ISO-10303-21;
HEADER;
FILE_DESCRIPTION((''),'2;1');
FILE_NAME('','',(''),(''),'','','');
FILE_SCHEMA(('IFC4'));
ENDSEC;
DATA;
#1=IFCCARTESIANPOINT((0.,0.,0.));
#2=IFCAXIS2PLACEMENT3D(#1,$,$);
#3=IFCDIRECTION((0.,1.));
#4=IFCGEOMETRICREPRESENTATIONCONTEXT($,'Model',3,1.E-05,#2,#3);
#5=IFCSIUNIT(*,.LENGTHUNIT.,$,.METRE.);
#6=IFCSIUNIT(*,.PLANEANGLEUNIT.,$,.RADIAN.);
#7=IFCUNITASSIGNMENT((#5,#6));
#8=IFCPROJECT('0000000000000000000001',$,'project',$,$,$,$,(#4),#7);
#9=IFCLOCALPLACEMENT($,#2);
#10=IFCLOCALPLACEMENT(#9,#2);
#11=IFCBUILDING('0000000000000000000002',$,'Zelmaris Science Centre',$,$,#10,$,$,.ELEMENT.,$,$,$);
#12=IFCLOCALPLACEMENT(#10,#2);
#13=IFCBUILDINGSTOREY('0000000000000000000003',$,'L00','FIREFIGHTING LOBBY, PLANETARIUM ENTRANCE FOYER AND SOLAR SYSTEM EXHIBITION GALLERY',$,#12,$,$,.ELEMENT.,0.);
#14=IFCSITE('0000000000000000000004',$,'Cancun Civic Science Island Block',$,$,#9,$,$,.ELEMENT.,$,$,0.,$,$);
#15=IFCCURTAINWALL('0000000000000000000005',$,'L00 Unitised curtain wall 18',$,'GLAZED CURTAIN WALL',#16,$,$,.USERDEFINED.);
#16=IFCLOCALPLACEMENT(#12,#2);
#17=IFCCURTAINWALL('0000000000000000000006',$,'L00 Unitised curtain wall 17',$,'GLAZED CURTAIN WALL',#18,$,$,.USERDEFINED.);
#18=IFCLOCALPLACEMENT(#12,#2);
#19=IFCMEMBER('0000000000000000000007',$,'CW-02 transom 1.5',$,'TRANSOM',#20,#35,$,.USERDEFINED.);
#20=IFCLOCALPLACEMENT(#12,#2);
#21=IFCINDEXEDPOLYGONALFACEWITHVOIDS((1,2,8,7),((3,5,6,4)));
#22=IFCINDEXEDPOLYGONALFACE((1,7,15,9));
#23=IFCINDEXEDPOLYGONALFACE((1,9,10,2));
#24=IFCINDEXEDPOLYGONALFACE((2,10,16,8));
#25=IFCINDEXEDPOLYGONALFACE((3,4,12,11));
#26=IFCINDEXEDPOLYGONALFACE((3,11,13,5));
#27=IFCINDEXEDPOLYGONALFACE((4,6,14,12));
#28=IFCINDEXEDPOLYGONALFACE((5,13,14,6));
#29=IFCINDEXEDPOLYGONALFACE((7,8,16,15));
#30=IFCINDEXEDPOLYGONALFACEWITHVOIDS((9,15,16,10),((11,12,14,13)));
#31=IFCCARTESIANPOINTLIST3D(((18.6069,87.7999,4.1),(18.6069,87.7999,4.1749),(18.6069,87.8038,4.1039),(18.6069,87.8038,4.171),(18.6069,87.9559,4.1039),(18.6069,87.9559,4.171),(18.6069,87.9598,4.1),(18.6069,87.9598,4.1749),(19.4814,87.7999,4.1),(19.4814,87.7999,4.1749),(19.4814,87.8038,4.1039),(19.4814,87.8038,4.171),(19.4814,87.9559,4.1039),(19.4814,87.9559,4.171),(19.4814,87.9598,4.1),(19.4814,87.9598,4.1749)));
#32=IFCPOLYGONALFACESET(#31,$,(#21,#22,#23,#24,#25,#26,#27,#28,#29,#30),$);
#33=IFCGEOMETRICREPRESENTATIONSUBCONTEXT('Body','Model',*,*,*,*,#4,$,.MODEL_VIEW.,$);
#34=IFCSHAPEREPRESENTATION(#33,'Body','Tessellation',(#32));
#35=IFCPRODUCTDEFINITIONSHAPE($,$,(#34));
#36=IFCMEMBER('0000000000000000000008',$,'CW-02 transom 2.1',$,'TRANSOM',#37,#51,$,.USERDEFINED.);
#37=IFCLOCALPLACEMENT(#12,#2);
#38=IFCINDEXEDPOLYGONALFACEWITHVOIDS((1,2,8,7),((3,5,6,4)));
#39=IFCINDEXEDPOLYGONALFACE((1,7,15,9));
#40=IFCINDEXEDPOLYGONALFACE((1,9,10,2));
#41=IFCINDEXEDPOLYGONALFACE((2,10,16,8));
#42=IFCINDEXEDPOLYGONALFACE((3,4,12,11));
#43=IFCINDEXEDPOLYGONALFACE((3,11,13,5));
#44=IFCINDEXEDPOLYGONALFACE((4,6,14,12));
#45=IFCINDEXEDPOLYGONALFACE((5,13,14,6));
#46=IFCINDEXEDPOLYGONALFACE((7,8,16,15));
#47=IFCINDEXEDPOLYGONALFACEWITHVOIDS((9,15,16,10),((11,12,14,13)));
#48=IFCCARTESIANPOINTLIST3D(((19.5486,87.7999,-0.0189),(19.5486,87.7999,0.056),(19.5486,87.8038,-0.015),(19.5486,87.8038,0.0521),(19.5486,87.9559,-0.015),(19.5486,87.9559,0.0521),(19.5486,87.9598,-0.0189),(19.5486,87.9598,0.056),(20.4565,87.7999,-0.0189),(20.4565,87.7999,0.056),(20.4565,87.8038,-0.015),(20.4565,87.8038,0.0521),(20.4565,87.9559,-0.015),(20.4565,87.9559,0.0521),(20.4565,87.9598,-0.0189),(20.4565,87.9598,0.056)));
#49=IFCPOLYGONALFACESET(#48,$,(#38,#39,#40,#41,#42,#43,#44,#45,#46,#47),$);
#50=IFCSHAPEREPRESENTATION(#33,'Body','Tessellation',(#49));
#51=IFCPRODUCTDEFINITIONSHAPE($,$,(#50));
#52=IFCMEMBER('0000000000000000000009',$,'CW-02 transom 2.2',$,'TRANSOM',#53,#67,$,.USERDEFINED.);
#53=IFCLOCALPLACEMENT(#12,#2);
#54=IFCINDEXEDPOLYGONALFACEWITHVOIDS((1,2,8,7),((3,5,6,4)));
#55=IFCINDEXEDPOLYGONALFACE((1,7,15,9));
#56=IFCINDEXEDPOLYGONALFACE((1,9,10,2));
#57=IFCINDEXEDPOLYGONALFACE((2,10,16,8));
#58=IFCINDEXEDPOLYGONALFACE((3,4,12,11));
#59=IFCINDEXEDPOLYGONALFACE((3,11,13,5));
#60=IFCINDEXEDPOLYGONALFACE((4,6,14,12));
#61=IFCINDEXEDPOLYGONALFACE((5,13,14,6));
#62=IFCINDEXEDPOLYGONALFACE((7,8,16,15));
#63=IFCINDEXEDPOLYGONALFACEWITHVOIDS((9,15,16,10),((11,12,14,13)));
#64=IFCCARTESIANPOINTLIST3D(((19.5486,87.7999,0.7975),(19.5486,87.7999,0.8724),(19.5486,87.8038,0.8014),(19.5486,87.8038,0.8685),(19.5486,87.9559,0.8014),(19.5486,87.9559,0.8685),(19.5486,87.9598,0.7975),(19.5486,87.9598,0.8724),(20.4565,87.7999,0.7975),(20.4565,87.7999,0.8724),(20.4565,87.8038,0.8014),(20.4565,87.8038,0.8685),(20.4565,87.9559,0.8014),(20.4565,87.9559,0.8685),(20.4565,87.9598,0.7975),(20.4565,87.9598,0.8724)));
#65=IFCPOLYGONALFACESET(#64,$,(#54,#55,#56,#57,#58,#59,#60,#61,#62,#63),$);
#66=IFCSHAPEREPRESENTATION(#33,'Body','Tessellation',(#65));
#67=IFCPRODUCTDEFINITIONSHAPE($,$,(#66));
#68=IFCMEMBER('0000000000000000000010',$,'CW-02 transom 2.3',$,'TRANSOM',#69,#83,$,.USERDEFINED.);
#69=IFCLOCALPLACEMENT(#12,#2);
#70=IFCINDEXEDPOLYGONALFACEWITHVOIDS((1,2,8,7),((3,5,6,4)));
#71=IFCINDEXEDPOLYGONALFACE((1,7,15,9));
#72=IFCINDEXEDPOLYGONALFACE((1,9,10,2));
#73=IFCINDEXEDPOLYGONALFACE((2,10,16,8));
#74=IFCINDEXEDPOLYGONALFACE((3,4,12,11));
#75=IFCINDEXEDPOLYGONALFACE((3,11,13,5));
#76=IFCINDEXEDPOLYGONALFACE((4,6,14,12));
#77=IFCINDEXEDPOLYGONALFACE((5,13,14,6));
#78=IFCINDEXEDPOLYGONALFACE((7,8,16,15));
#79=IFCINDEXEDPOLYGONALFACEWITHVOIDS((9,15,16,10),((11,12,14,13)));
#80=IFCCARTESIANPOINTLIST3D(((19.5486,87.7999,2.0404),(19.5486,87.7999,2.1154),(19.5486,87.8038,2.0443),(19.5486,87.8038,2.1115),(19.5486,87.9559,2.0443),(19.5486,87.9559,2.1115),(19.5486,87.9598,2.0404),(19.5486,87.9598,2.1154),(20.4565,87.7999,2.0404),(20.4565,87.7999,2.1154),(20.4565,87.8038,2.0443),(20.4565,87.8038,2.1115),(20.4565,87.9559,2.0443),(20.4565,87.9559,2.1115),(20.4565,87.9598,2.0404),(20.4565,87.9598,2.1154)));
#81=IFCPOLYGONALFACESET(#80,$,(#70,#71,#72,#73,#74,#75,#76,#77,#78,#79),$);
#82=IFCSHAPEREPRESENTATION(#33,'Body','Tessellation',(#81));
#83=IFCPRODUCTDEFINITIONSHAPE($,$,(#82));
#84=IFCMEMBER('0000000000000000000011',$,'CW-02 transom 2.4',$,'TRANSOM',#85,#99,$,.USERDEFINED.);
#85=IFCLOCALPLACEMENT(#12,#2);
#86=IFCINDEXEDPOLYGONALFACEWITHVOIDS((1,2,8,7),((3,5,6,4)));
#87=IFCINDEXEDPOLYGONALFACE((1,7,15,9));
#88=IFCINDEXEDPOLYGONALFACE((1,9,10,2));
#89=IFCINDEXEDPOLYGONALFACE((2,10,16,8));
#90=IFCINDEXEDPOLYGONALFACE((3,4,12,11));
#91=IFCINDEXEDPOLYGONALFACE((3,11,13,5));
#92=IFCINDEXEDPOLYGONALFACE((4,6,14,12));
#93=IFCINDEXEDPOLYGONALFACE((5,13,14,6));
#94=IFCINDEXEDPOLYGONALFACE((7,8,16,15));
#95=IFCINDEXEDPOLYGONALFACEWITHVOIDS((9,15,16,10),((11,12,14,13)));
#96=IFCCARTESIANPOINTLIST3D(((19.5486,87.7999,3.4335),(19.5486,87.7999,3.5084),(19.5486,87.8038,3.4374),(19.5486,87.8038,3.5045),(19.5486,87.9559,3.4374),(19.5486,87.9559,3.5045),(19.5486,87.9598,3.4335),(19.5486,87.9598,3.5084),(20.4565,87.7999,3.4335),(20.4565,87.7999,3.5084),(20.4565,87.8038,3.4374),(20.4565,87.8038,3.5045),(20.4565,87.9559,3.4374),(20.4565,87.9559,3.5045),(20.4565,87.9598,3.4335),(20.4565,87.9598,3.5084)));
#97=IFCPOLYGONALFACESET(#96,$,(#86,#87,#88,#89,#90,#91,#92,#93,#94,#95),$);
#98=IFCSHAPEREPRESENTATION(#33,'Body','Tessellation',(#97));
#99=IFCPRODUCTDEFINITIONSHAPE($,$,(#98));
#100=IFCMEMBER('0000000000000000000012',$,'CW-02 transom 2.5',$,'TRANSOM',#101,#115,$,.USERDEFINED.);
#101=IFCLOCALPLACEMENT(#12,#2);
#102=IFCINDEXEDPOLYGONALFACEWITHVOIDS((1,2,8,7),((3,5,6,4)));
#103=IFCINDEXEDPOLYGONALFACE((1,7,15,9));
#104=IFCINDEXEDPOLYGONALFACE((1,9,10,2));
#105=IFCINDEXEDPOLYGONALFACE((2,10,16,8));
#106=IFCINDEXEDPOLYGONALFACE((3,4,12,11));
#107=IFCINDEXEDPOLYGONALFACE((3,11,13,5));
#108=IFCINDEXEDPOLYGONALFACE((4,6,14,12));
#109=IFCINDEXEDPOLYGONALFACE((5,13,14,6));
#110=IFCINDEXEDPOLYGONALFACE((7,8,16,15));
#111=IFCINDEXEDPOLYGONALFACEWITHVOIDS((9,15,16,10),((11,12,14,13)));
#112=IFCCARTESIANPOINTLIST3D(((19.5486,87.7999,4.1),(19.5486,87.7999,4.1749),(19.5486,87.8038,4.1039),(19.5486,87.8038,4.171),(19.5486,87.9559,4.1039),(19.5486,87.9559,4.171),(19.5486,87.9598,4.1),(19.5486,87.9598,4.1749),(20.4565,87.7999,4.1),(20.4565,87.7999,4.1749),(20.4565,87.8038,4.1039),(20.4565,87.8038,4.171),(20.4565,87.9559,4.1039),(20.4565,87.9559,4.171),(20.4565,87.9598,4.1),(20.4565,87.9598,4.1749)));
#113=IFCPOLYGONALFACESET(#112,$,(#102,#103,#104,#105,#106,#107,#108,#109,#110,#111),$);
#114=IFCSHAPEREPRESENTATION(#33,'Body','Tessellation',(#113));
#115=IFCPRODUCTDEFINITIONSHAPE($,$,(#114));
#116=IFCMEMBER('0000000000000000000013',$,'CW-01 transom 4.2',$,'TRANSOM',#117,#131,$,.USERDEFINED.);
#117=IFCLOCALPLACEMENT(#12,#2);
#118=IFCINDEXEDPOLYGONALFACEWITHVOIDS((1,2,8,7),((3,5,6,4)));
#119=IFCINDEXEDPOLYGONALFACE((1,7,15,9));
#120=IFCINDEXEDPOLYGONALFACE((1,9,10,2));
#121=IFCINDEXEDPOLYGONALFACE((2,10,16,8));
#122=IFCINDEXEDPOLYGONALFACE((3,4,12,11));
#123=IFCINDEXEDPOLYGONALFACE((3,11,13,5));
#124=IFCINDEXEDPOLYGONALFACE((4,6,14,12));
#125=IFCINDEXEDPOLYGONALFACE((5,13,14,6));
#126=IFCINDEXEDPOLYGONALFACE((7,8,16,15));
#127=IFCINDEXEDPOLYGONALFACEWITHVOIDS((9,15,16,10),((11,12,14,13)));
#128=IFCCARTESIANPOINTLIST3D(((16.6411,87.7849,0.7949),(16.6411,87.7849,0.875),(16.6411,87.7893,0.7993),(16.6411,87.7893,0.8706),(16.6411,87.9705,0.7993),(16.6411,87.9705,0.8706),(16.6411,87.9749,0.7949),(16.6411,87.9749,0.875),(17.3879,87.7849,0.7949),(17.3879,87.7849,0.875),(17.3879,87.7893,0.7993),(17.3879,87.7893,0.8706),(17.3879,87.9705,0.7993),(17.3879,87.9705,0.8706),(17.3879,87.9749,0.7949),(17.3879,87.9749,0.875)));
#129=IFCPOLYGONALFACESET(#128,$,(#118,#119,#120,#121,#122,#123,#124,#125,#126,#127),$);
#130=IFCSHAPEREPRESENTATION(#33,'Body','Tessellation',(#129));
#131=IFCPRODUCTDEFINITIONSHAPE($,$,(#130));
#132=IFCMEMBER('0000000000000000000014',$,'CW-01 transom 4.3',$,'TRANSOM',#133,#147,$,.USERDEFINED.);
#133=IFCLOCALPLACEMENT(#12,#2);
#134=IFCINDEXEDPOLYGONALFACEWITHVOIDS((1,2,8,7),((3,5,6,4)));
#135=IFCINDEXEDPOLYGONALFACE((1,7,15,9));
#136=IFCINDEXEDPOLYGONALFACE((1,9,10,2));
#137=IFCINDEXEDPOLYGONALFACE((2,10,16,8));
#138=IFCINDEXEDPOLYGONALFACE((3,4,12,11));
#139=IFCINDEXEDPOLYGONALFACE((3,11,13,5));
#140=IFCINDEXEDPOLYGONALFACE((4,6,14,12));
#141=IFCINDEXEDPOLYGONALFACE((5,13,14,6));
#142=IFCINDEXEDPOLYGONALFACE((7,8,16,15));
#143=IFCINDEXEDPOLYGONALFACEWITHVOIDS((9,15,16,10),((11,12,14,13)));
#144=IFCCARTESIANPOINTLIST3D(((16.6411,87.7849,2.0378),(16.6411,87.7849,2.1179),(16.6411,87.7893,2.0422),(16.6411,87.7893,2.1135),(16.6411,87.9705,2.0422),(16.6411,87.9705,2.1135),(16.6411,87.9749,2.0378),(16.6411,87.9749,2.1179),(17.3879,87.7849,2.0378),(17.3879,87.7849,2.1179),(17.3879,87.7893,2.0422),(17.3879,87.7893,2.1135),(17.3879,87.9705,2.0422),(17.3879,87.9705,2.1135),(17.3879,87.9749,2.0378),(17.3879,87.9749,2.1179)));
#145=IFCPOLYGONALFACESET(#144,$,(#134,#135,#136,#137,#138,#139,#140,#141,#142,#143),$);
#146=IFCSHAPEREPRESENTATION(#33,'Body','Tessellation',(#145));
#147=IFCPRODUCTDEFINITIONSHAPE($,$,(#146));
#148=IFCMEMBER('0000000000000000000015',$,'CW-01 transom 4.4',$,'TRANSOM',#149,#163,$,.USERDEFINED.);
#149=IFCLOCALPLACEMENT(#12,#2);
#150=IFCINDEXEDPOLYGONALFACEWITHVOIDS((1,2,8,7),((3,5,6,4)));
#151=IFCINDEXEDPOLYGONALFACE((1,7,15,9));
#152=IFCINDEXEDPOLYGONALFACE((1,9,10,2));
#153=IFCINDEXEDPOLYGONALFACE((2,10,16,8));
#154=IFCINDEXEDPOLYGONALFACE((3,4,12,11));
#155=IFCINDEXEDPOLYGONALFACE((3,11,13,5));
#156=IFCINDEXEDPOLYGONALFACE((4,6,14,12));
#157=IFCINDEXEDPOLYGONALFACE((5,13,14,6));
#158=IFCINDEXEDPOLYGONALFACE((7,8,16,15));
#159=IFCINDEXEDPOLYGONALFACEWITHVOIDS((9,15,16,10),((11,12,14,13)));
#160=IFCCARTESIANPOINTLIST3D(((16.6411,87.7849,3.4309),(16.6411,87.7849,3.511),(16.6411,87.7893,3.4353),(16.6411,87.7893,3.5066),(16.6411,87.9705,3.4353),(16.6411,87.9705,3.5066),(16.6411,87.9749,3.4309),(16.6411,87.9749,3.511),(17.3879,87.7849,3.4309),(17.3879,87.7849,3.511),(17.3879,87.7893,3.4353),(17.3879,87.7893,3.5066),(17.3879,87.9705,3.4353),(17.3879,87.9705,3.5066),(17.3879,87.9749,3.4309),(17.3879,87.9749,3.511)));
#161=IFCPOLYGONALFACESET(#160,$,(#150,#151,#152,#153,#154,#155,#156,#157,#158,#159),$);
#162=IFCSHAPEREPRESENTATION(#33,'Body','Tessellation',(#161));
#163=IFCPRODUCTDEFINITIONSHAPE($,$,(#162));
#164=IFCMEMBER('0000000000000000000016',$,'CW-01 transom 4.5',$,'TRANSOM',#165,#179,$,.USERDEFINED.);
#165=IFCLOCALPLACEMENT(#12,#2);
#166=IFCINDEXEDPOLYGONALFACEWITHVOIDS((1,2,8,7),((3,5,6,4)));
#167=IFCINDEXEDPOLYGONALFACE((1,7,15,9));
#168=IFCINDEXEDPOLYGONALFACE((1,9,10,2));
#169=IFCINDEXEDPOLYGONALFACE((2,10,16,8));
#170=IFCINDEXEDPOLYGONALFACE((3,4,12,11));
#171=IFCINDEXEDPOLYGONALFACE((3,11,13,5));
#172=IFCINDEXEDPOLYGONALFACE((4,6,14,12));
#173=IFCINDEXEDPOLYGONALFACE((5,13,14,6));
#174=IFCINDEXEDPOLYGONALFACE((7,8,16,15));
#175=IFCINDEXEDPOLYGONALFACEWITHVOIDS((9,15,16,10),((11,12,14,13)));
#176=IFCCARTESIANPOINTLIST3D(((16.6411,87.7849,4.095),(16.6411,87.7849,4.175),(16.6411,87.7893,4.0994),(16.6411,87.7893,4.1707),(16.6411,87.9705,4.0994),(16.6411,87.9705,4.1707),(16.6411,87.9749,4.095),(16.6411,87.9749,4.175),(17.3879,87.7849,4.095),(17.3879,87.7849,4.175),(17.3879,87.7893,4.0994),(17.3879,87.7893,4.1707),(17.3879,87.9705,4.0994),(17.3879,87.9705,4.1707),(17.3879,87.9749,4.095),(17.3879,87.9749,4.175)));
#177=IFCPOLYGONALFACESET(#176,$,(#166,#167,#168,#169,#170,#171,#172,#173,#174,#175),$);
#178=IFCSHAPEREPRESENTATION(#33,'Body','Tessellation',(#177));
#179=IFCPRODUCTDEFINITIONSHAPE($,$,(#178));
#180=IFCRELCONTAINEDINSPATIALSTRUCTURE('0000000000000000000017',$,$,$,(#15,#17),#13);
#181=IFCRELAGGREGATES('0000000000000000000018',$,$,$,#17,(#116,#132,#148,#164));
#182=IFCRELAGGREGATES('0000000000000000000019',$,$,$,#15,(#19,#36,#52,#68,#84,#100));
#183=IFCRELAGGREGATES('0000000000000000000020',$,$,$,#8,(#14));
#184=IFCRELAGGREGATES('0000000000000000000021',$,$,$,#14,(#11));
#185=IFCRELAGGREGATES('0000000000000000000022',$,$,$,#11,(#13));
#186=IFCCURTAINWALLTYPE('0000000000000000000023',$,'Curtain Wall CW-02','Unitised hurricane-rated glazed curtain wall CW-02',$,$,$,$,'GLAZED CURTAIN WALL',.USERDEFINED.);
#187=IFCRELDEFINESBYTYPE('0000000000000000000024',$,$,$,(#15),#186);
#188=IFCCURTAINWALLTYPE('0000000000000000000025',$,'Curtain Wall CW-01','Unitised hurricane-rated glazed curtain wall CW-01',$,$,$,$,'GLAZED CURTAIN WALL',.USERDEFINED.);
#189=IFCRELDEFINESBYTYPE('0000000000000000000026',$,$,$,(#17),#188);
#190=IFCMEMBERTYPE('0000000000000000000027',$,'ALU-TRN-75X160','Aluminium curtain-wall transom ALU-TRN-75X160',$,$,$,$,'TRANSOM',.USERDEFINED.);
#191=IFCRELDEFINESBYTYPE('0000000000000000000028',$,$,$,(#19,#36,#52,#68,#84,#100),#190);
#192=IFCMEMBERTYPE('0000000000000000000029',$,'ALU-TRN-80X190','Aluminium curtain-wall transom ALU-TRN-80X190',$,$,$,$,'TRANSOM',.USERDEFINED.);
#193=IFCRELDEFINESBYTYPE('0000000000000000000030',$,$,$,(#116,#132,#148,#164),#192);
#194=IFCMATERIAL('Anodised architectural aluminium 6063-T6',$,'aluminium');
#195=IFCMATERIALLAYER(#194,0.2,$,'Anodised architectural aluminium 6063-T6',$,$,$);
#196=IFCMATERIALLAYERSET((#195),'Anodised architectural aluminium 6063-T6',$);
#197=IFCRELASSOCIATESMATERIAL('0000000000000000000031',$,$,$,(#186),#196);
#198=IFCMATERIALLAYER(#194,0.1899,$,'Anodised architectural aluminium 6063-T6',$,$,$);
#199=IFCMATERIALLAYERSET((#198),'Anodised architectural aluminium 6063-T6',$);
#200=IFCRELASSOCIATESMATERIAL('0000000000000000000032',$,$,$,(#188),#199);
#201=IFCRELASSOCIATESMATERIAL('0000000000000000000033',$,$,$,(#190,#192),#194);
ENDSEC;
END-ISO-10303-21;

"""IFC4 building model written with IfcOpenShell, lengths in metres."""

from ifc_helpers import new_model, si_unit, direction, frame, origin, origin_2d, place, context, subcontext, project, spatial, hollow_rectangle, extrude, material, layer, layer_set, material_profile, profile_set, type_object, element, aggregate, save


model = new_model("IFC4")

# Units and contexts
model_context = context("Model", 3, precision=1e-05, world=origin(), true_north=direction((0.0, 1.0)))
body_context = subcontext(model_context, "Body", "Model", "MODEL_VIEW")
ifc_project = project(units=[si_unit("LENGTHUNIT", "METRE"), si_unit("PLANEANGLEUNIT", "RADIAN")], contexts=[model_context])

# Site, building, storey
site_placement = place(None, origin())
site = spatial("IfcSite", under=ifc_project, at=site_placement, Name="Cancun Civic Science Island Block", CompositionType="ELEMENT", RefElevation=0.0)
building_placement = place(site_placement, origin())
building = spatial("IfcBuilding", under=site, at=building_placement, Name="Zelmaris Science Centre", CompositionType="ELEMENT")
storey_placement = place(building_placement, origin())
storey = spatial("IfcBuildingStorey", under=building, at=storey_placement, Name="L00", Description="FIREFIGHTING LOBBY, PLANETARIUM ENTRANCE FOYER AND SOLAR SYSTEM EXHIBITION GALLERY", CompositionType="ELEMENT", Elevation=0.0)

# Curtain wall
ifc_material_1 = material(Name="Anodised architectural aluminium 6063-T6", Category="aluminium")
ifc_layer_1 = layer(ifc_material_1, 0.2, Name="Anodised architectural aluminium 6063-T6")
ifc_layer_set_1 = layer_set([ifc_layer_1], Name="Anodised architectural aluminium 6063-T6")
curtain_wall_type_1 = type_object("IfcCurtainWallType", Name="Curtain Wall CW-02", Description="Unitised hurricane-rated glazed curtain wall CW-02", ElementType="GLAZED CURTAIN WALL", PredefinedType="USERDEFINED", material=ifc_layer_set_1)
curtain_wall_1_placement = place(storey_placement, origin())
curtain_wall_1 = element("IfcCurtainWall", 1, at=curtain_wall_1_placement, inside=storey, type_object=curtain_wall_type_1, Name="L00 Unitised curtain wall 18", ObjectType="GLAZED CURTAIN WALL", PredefinedType="USERDEFINED")

# Curtain wall
ifc_layer_2 = layer(ifc_material_1, 0.1899, Name="Anodised architectural aluminium 6063-T6")
ifc_layer_set_2 = layer_set([ifc_layer_2], Name="Anodised architectural aluminium 6063-T6")
curtain_wall_type_2 = type_object("IfcCurtainWallType", Name="Curtain Wall CW-01", Description="Unitised hurricane-rated glazed curtain wall CW-01", ElementType="GLAZED CURTAIN WALL", PredefinedType="USERDEFINED", material=ifc_layer_set_2)
curtain_wall_2_placement = place(storey_placement, origin())
curtain_wall_2 = element("IfcCurtainWall", 2, at=curtain_wall_2_placement, inside=storey, type_object=curtain_wall_type_2, Name="L00 Unitised curtain wall 17", ObjectType="GLAZED CURTAIN WALL", PredefinedType="USERDEFINED")

# Members
ifc_material_profile_1 = material_profile(ifc_material_1, hollow_rectangle(XDim=0.075, YDim=0.1599, WallThickness=0.0039, at=origin_2d()), Name="ALU-TRN-75X160")
ifc_profile_set_1 = profile_set([ifc_material_profile_1], Name="Anodised architectural aluminium 6063-T6")
member_type_1 = type_object("IfcMemberType", Name="ALU-TRN-75X160", Description="Aluminium curtain-wall transom ALU-TRN-75X160", ElementType="TRANSOM", PredefinedType="USERDEFINED", material=ifc_profile_set_1)
member_1_placement = place(storey_placement, frame((18.6069, 87.8799, 4.1375), z_axis=(1.0, 0.0, 0.0), x_axis=(0.0, 0.0, 1.0)))
member_1 = element("IfcMember", 3, at=member_1_placement, type_object=member_type_1, Name="CW-02 transom 1.5", ObjectType="TRANSOM", PredefinedType="USERDEFINED", context=body_context, shape_type="SweptSolid", body=[
    extrude(hollow_rectangle(XDim=0.075, YDim=0.1599, WallThickness=0.0039, at=origin_2d()), origin(), (0.0, 0.0, 1.0), 0.8745),
])
member_2_placement = place(storey_placement, frame((19.5486, 87.8799, 0.0186), z_axis=(1.0, 0.0, 0.0), x_axis=(0.0, 0.0, 1.0)))
member_2 = element("IfcMember", 4, at=member_2_placement, type_object=member_type_1, Name="CW-02 transom 2.1", ObjectType="TRANSOM", PredefinedType="USERDEFINED", context=body_context, shape_type="SweptSolid", body=[
    extrude(hollow_rectangle(XDim=0.075, YDim=0.1599, WallThickness=0.0039, at=origin_2d()), origin(), (0.0, 0.0, 1.0), 0.908),
])
member_3_placement = place(storey_placement, frame((19.5486, 87.8799, 0.835), z_axis=(1.0, 0.0, 0.0), x_axis=(0.0, 0.0, 1.0)))
member_3 = element("IfcMember", 5, at=member_3_placement, type_object=member_type_1, Name="CW-02 transom 2.2", ObjectType="TRANSOM", PredefinedType="USERDEFINED", context=body_context, shape_type="SweptSolid", body=[
    extrude(hollow_rectangle(XDim=0.075, YDim=0.1599, WallThickness=0.0039, at=origin_2d()), origin(), (0.0, 0.0, 1.0), 0.908),
])
member_4_placement = place(storey_placement, frame((19.5486, 87.8799, 2.0779), z_axis=(1.0, 0.0, 0.0), x_axis=(0.0, 0.0, 1.0)))
member_4 = element("IfcMember", 6, at=member_4_placement, type_object=member_type_1, Name="CW-02 transom 2.3", ObjectType="TRANSOM", PredefinedType="USERDEFINED", context=body_context, shape_type="SweptSolid", body=[
    extrude(hollow_rectangle(XDim=0.075, YDim=0.1599, WallThickness=0.0039, at=origin_2d()), origin(), (0.0, 0.0, 1.0), 0.908),
])
member_5_placement = place(storey_placement, frame((19.5486, 87.8799, 3.4709), z_axis=(1.0, 0.0, 0.0), x_axis=(0.0, 0.0, 1.0)))
member_5 = element("IfcMember", 7, at=member_5_placement, type_object=member_type_1, Name="CW-02 transom 2.4", ObjectType="TRANSOM", PredefinedType="USERDEFINED", context=body_context, shape_type="SweptSolid", body=[
    extrude(hollow_rectangle(XDim=0.075, YDim=0.1599, WallThickness=0.0039, at=origin_2d()), origin(), (0.0, 0.0, 1.0), 0.908),
])
member_6_placement = place(storey_placement, frame((19.5486, 87.8799, 4.1375), z_axis=(1.0, 0.0, 0.0), x_axis=(0.0, 0.0, 1.0)))
member_6 = element("IfcMember", 8, at=member_6_placement, type_object=member_type_1, Name="CW-02 transom 2.5", ObjectType="TRANSOM", PredefinedType="USERDEFINED", context=body_context, shape_type="SweptSolid", body=[
    extrude(hollow_rectangle(XDim=0.075, YDim=0.1599, WallThickness=0.0039, at=origin_2d()), origin(), (0.0, 0.0, 1.0), 0.908),
])
ifc_material_profile_2 = material_profile(ifc_material_1, hollow_rectangle(XDim=0.0801, YDim=0.1899, WallThickness=0.0044, at=origin_2d()), Name="ALU-TRN-80X190")
ifc_profile_set_2 = profile_set([ifc_material_profile_2], Name="Anodised architectural aluminium 6063-T6")
member_type_2 = type_object("IfcMemberType", Name="ALU-TRN-80X190", Description="Aluminium curtain-wall transom ALU-TRN-80X190", ElementType="TRANSOM", PredefinedType="USERDEFINED", material=ifc_profile_set_2)
member_7_placement = place(storey_placement, frame((16.6411, 87.8799, 0.835), z_axis=(1.0, 0.0, 0.0), x_axis=(0.0, 0.0, 1.0)))
member_7 = element("IfcMember", 9, at=member_7_placement, type_object=member_type_2, Name="CW-01 transom 4.2", ObjectType="TRANSOM", PredefinedType="USERDEFINED", context=body_context, shape_type="SweptSolid", body=[
    extrude(hollow_rectangle(XDim=0.0801, YDim=0.1899, WallThickness=0.0044, at=origin_2d()), origin(), (0.0, 0.0, 1.0), 0.7468),
])
member_8_placement = place(storey_placement, frame((16.6411, 87.8799, 2.0779), z_axis=(1.0, 0.0, 0.0), x_axis=(0.0, 0.0, 1.0)))
member_8 = element("IfcMember", 10, at=member_8_placement, type_object=member_type_2, Name="CW-01 transom 4.3", ObjectType="TRANSOM", PredefinedType="USERDEFINED", context=body_context, shape_type="SweptSolid", body=[
    extrude(hollow_rectangle(XDim=0.0801, YDim=0.1899, WallThickness=0.0044, at=origin_2d()), origin(), (0.0, 0.0, 1.0), 0.7468),
])
member_9_placement = place(storey_placement, frame((16.6411, 87.8799, 3.4709), z_axis=(1.0, 0.0, 0.0), x_axis=(0.0, 0.0, 1.0)))
member_9 = element("IfcMember", 11, at=member_9_placement, type_object=member_type_2, Name="CW-01 transom 4.4", ObjectType="TRANSOM", PredefinedType="USERDEFINED", context=body_context, shape_type="SweptSolid", body=[
    extrude(hollow_rectangle(XDim=0.0801, YDim=0.1899, WallThickness=0.0044, at=origin_2d()), origin(), (0.0, 0.0, 1.0), 0.7468),
])
member_10_placement = place(storey_placement, frame((16.6411, 87.8799, 4.135), z_axis=(1.0, 0.0, 0.0), x_axis=(0.0, 0.0, 1.0)))
member_10 = element("IfcMember", 12, at=member_10_placement, type_object=member_type_2, Name="CW-01 transom 4.5", ObjectType="TRANSOM", PredefinedType="USERDEFINED", context=body_context, shape_type="SweptSolid", body=[
    extrude(hollow_rectangle(XDim=0.0801, YDim=0.1899, WallThickness=0.0044, at=origin_2d()), origin(), (0.0, 0.0, 1.0), 0.7468),
])

aggregate(curtain_wall_2, [member_7, member_8, member_9, member_10])
aggregate(curtain_wall_1, [member_1, member_2, member_3, member_4, member_5, member_6])

save(model, "model.ifc")
